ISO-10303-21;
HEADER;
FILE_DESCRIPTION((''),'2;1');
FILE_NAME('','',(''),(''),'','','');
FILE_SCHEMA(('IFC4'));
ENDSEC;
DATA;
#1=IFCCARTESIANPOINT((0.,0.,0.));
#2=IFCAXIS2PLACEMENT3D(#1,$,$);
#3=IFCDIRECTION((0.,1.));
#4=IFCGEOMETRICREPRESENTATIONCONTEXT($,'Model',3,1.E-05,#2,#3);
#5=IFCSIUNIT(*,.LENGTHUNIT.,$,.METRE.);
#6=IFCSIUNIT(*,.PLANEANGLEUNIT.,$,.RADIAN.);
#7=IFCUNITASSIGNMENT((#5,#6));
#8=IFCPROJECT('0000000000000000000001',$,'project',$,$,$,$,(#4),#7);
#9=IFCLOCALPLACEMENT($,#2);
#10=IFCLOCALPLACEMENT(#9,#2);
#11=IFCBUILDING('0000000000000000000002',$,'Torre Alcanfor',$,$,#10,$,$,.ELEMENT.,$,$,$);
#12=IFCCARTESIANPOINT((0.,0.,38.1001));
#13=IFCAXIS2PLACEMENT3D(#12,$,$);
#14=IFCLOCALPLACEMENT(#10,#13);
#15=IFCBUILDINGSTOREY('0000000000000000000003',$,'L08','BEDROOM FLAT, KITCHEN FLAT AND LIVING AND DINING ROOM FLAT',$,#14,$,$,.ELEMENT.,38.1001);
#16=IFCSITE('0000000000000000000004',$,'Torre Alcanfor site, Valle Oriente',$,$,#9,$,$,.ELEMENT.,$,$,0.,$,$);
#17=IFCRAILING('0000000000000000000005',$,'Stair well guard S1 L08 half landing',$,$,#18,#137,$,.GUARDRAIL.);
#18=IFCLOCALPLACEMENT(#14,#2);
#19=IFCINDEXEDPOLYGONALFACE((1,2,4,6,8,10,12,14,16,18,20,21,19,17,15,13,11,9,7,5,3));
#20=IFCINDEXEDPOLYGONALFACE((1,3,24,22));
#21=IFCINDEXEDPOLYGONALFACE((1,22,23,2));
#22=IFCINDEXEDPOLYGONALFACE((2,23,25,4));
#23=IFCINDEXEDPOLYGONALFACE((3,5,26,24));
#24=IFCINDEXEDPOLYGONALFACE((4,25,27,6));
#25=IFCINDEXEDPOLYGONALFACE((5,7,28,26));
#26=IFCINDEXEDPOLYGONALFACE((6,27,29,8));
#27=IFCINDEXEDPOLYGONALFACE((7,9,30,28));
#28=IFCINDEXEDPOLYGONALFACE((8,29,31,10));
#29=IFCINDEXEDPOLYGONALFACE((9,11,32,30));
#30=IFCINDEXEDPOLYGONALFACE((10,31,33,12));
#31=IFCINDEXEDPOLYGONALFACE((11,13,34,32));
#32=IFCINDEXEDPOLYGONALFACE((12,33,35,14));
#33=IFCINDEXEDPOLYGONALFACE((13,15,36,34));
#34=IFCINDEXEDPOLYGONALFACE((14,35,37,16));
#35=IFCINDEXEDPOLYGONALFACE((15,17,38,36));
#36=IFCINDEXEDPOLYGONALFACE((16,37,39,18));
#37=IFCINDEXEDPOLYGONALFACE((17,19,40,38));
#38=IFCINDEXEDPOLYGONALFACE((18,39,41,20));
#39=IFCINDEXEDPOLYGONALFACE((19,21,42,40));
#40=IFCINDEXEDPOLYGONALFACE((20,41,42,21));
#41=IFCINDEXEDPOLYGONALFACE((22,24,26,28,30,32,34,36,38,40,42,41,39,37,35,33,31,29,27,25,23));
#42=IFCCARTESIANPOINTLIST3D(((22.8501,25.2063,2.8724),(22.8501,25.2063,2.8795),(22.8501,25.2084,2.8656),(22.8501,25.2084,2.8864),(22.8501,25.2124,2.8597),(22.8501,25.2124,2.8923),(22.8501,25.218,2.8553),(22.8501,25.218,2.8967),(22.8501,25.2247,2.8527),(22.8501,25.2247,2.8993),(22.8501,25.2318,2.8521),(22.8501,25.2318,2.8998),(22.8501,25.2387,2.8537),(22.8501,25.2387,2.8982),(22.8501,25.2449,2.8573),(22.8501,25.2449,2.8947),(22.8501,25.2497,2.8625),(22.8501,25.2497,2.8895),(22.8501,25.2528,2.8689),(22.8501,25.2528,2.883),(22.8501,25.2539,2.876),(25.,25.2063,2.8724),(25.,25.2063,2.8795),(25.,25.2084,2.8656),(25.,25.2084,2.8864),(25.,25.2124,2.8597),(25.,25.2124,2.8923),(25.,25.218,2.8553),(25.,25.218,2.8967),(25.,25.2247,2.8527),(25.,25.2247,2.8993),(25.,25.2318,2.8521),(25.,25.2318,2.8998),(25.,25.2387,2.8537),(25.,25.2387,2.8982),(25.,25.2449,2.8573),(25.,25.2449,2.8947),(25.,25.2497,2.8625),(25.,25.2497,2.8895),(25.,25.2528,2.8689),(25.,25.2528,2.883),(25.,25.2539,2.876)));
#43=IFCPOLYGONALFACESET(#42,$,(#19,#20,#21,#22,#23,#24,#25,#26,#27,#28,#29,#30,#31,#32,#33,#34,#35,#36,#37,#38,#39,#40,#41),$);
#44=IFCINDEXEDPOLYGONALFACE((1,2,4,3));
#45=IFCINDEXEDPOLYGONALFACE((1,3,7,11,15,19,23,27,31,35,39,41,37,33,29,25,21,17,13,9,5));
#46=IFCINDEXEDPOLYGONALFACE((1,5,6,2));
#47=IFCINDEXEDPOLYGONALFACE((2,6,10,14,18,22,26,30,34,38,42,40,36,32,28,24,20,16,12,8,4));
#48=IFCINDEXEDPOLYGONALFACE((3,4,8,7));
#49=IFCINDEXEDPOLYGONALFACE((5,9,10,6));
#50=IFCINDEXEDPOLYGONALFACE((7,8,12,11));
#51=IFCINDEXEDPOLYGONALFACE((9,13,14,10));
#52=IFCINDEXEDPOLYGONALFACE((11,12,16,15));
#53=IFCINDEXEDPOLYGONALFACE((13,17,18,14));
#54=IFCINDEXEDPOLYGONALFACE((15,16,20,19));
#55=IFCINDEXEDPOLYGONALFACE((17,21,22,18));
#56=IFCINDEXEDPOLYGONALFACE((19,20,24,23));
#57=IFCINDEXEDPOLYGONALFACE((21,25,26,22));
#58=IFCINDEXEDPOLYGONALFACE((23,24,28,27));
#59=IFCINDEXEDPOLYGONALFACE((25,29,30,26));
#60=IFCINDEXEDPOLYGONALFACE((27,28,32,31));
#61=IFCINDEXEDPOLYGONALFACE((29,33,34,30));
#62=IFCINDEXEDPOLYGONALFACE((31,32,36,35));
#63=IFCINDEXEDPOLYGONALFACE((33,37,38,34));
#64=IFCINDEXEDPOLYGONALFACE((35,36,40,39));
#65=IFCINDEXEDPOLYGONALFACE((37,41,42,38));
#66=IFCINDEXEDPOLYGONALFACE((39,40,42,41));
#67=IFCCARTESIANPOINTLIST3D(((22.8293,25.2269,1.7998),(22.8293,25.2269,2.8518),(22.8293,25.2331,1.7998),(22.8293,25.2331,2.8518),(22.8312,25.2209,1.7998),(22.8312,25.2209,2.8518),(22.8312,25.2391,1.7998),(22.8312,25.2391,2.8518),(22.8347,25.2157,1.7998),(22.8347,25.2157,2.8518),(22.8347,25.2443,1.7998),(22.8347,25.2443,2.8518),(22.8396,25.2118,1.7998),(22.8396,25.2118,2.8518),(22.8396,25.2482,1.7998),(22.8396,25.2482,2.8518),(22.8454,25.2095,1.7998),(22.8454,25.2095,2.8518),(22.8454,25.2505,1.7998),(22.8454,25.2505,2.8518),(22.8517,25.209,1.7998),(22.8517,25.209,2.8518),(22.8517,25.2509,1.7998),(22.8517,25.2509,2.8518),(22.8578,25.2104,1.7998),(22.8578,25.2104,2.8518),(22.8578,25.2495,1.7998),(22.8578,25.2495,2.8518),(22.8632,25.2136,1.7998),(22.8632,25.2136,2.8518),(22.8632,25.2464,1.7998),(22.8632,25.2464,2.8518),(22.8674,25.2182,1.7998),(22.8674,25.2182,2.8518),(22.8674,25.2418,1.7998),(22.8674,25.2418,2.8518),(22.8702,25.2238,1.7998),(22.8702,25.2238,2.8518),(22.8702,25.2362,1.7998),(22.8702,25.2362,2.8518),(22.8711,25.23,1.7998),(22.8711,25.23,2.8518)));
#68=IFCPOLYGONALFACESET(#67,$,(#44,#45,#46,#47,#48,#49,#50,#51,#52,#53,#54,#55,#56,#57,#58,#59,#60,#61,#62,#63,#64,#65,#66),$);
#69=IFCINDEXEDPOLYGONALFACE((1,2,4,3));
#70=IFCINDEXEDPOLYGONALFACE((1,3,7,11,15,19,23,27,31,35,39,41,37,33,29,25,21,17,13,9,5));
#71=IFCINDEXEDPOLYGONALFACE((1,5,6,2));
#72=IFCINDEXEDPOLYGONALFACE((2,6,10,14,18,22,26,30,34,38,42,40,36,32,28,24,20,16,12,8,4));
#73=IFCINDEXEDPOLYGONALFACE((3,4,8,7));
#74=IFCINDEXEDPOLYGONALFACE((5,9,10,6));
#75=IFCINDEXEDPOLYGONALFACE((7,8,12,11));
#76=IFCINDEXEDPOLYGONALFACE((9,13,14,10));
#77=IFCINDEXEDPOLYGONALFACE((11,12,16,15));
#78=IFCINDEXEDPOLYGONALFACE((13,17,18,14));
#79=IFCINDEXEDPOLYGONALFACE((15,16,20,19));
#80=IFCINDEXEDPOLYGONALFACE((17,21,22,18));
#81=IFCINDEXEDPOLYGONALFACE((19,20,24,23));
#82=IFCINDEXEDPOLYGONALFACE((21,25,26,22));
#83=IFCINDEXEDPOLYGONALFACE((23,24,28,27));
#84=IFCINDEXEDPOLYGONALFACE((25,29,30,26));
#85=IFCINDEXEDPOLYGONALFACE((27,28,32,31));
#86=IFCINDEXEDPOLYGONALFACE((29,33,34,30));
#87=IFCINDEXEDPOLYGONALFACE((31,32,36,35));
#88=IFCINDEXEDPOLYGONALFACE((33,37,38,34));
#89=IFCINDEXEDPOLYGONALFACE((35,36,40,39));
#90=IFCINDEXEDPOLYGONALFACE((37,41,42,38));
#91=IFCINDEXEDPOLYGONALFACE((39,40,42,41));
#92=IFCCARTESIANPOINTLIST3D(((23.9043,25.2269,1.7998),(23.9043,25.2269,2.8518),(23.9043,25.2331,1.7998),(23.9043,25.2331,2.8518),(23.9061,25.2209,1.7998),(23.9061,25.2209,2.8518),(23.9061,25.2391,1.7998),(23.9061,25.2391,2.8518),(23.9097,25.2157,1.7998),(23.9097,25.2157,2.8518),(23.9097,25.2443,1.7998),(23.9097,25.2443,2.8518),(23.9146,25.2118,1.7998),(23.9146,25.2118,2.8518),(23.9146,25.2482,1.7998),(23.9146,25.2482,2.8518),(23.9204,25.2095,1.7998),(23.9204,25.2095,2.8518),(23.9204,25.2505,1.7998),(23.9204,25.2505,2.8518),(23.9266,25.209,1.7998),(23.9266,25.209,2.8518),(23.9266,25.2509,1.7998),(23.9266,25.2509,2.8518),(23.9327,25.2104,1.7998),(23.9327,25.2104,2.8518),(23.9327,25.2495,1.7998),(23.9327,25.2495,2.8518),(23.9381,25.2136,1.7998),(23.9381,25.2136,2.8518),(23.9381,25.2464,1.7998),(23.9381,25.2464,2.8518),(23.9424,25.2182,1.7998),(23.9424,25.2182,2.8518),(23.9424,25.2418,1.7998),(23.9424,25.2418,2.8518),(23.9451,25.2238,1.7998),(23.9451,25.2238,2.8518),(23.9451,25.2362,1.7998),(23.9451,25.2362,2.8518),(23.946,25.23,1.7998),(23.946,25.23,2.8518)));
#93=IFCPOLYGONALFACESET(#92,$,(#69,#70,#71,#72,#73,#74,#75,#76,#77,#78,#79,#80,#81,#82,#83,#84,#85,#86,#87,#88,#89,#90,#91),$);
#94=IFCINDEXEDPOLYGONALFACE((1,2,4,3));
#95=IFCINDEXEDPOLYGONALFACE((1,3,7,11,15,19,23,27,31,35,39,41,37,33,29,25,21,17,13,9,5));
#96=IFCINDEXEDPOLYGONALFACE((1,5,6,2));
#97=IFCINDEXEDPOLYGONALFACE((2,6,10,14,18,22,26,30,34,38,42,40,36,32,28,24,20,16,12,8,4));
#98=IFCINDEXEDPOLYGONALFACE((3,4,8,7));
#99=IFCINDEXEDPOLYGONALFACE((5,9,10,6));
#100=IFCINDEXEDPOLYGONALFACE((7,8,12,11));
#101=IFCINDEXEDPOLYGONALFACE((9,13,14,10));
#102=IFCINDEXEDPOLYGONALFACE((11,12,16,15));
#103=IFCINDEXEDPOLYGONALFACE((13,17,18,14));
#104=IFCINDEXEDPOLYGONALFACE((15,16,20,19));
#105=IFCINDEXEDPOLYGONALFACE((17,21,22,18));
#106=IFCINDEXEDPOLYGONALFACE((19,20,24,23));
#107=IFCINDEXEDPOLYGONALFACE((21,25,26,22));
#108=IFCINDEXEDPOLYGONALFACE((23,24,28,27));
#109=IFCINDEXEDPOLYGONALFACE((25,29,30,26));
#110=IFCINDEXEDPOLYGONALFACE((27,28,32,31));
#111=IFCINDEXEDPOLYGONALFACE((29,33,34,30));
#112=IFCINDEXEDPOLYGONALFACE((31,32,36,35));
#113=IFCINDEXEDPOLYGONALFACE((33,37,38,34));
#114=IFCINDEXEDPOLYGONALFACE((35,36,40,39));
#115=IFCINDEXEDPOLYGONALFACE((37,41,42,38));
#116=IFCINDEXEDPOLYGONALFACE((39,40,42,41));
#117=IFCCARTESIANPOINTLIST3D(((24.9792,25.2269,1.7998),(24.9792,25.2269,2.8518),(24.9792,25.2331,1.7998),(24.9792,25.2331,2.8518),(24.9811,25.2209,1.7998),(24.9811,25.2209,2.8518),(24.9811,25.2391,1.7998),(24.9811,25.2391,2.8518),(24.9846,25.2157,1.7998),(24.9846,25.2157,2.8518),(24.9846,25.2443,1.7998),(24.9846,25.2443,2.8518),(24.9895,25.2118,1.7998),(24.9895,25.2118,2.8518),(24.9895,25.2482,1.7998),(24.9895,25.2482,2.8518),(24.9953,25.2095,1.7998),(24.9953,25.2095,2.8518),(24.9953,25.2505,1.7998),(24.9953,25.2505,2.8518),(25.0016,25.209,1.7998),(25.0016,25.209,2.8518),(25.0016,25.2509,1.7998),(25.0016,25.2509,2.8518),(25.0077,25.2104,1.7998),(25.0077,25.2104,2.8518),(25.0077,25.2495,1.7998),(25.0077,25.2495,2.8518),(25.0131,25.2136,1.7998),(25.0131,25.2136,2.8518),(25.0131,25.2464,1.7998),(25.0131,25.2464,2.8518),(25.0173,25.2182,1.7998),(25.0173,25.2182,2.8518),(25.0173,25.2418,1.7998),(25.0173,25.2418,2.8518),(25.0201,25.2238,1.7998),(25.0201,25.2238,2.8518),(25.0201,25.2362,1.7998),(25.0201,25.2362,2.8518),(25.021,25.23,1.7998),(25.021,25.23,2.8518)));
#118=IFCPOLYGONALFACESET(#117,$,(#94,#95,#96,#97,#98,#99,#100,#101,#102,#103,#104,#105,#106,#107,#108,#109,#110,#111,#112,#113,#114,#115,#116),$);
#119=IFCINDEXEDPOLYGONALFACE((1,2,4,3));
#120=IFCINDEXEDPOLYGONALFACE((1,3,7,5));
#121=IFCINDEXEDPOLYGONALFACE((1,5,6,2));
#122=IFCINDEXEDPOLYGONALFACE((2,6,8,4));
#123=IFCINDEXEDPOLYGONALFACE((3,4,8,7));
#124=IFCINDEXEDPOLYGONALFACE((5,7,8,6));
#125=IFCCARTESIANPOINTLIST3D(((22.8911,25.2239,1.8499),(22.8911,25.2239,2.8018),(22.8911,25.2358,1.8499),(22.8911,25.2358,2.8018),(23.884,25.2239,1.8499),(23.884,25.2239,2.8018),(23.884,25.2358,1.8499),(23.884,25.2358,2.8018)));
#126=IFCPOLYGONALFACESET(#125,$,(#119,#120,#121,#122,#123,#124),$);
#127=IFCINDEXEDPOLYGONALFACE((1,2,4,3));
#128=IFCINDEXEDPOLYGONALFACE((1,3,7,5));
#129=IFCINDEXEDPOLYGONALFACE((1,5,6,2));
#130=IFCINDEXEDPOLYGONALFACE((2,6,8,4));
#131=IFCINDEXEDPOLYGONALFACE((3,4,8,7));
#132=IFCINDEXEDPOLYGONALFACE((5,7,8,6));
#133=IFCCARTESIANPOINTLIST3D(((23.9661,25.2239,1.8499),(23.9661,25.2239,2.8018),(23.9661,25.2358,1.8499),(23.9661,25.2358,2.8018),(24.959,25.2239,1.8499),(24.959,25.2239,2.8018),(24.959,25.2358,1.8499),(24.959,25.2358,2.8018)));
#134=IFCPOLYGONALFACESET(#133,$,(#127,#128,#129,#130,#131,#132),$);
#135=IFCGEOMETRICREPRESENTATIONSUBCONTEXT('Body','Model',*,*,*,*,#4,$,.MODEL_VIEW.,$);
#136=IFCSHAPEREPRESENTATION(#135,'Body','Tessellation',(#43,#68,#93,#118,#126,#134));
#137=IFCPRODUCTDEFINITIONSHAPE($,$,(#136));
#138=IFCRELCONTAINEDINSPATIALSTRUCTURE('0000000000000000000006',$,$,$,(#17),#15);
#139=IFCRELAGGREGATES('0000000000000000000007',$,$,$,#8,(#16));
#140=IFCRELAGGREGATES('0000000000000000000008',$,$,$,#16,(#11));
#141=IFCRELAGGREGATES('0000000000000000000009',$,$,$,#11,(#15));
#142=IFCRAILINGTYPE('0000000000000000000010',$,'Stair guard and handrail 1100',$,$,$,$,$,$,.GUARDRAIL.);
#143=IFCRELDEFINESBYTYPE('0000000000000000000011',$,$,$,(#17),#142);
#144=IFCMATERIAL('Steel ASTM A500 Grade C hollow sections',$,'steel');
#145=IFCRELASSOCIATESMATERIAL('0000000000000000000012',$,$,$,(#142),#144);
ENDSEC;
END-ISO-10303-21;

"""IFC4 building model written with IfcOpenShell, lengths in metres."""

from ifc_helpers import new_model, si_unit, direction, frame, origin, origin_2d, place, context, subcontext, project, spatial, polyline, circle, outline, extrude, material, type_object, element, save


model = new_model("IFC4")

# Units and contexts
model_context = context("Model", 3, precision=1e-05, world=origin(), true_north=direction((0.0, 1.0)))
body_context = subcontext(model_context, "Body", "Model", "MODEL_VIEW")
ifc_project = project(units=[si_unit("LENGTHUNIT", "METRE"), si_unit("PLANEANGLEUNIT", "RADIAN")], contexts=[model_context])

# Site, building, storey
site_placement = place(None, origin())
site = spatial("IfcSite", under=ifc_project, at=site_placement, Name="Torre Alcanfor site, Valle Oriente", CompositionType="ELEMENT", RefElevation=0.0)
building_placement = place(site_placement, origin())
building = spatial("IfcBuilding", under=site, at=building_placement, Name="Torre Alcanfor", CompositionType="ELEMENT")
storey_placement = place(building_placement, frame((0.0, 0.0, 38.1001)))
storey = spatial("IfcBuildingStorey", under=building, at=storey_placement, Name="L08", Description="BEDROOM FLAT, KITCHEN FLAT AND LIVING AND DINING ROOM FLAT", CompositionType="ELEMENT", Elevation=38.1001)

# Railing
ifc_material_1 = material(Name="Steel ASTM A500 Grade C hollow sections", Category="steel")
railing_type_1 = type_object("IfcRailingType", Name="Stair guard and handrail 1100", PredefinedType="GUARDRAIL", material=ifc_material_1)
for number, where, name in (
    (1, (22.8501, 25.23, 1.7998), "Stair well guard S1 L08 half landing"),
):
    element("IfcRailing", number, at=place(storey_placement, frame(where)), inside=storey, type_object=railing_type_1, Name=name, PredefinedType="GUARDRAIL", context=body_context, shape_type="SweptSolid", body=[
        extrude(circle(Radius=0.0239, at=origin_2d()), frame((0.0, 0.0, 1.0762), z_axis=(1.0, 0.0, 0.0), x_axis=(0.0, 1.0, 0.0)), (0.0, 0.0, 1.0), 2.1499),
        extrude(circle(Radius=0.021, at=origin_2d()), origin(), (0.0, 0.0, 1.0), 1.052),
        extrude(circle(Radius=0.021, at=origin_2d()), frame((1.075, 0.0, 0.0)), (0.0, 0.0, 1.0), 1.052),
        extrude(circle(Radius=0.021, at=origin_2d()), frame((2.1499, 0.0, 0.0)), (0.0, 0.0, 1.0), 1.052),
        extrude(outline(polyline([(0.041, 0.05), (1.0339, 0.05), (1.0339, 1.002), (0.041, 1.002), (0.041, 0.05)])), frame((0.0, 0.0059, 0.0), z_axis=(0.0, -1.0, 0.0), x_axis=(1.0, 0.0, 0.0)), (0.0, 0.0, 1.0), 0.012),
        extrude(outline(polyline([(1.116, 0.05), (2.1089, 0.05), (2.1089, 1.002), (1.116, 1.002), (1.116, 0.05)])), frame((0.0, 0.0059, 0.0), z_axis=(0.0, -1.0, 0.0), x_axis=(1.0, 0.0, 0.0)), (0.0, 0.0, 1.0), 0.012),
    ])

save(model, "model.ifc")
